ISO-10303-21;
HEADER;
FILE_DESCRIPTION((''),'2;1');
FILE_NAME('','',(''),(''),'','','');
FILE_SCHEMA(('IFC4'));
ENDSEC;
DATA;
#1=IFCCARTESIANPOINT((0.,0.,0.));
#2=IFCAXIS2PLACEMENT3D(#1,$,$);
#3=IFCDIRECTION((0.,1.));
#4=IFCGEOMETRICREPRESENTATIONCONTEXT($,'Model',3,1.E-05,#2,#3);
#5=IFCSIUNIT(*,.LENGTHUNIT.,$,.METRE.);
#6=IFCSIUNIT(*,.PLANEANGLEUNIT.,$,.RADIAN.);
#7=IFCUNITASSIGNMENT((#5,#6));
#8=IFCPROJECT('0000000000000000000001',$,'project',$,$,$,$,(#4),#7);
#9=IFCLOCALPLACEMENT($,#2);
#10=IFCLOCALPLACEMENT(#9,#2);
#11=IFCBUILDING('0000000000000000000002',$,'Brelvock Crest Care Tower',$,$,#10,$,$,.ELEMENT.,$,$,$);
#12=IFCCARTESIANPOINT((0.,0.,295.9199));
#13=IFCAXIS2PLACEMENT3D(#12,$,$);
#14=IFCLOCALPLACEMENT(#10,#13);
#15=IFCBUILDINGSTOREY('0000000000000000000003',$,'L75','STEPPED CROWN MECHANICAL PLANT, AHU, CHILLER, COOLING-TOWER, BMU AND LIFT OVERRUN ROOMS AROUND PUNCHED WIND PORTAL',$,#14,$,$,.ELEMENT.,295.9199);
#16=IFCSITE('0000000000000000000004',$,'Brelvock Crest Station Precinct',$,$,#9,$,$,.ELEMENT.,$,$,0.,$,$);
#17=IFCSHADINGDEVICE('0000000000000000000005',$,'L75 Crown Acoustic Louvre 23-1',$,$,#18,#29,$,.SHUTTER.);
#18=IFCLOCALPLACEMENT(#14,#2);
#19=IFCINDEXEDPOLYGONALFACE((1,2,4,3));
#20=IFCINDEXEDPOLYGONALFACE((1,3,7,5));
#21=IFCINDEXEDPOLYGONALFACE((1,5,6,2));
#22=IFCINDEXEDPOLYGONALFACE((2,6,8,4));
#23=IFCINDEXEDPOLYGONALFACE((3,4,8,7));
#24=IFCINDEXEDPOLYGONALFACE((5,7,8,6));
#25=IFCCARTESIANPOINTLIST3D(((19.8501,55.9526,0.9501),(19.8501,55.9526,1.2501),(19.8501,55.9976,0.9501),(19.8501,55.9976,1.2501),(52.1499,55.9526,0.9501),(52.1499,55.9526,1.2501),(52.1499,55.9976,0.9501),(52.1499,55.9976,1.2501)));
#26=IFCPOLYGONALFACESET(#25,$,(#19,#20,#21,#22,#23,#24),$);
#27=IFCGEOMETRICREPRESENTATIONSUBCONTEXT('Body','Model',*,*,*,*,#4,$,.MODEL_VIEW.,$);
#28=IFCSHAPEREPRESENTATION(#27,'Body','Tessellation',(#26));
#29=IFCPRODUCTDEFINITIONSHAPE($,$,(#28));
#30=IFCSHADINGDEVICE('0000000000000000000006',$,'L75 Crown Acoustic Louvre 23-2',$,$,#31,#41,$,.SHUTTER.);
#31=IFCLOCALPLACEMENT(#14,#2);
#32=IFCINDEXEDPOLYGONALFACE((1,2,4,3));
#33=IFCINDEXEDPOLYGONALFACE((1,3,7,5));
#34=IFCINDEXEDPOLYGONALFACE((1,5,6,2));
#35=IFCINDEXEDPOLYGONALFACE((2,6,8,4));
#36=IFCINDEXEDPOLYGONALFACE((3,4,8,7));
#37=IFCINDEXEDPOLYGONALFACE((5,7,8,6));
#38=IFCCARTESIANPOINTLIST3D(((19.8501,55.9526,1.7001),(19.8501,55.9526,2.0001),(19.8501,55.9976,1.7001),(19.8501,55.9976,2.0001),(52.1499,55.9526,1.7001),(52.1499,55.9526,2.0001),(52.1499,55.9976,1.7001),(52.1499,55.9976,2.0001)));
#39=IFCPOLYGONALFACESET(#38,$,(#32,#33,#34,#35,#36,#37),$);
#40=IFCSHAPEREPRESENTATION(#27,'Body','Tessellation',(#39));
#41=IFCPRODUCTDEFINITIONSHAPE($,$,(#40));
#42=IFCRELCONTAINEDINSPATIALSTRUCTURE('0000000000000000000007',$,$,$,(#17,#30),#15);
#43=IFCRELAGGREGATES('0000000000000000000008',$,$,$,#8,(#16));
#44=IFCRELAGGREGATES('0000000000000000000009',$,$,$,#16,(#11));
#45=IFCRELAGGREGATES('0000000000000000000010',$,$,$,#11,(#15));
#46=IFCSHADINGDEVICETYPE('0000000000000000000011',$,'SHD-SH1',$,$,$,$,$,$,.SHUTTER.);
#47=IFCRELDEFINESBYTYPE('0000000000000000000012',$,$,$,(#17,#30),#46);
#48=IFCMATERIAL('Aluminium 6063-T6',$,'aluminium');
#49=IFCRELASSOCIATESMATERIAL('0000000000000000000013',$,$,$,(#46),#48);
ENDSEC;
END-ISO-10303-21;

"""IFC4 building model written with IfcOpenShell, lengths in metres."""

from ifc_helpers import new_model, si_unit, direction, frame, origin, origin_2d, place, context, subcontext, project, spatial, rectangle, extrude, source, transform, mapped, material, material_profile, profile_set, type_object, element, save


model = new_model("IFC4")

# Units and contexts
model_context = context("Model", 3, precision=1e-05, world=origin(), true_north=direction((0.0, 1.0)))
body_context = subcontext(model_context, "Body", "Model", "MODEL_VIEW")
ifc_project = project(units=[si_unit("LENGTHUNIT", "METRE"), si_unit("PLANEANGLEUNIT", "RADIAN")], contexts=[model_context])

# Site, building, storey
site_placement = place(None, origin())
site = spatial("IfcSite", under=ifc_project, at=site_placement, Name="Brelvock Crest Station Precinct", CompositionType="ELEMENT", RefElevation=0.0)
building_placement = place(site_placement, origin())
building = spatial("IfcBuilding", under=site, at=building_placement, Name="Brelvock Crest Care Tower", CompositionType="ELEMENT")
storey_placement = place(building_placement, frame((0.0, 0.0, 295.9199)))
storey = spatial("IfcBuildingStorey", under=building, at=storey_placement, Name="L75", Description="STEPPED CROWN MECHANICAL PLANT, AHU, CHILLER, COOLING-TOWER, BMU AND LIFT OVERRUN ROOMS AROUND PUNCHED WIND PORTAL", CompositionType="ELEMENT", Elevation=295.9199)

# Shading devices
ifc_material_1 = material(Name="Aluminium 6063-T6", Category="aluminium")
ifc_material_profile_1 = material_profile(ifc_material_1, rectangle(XDim=0.0449, YDim=0.3, at=origin_2d()), Name="LOUVRE45x300")
ifc_profile_set_1 = profile_set([ifc_material_profile_1], Name="Aluminium 6063-T6")
shading_device_type = type_object("IfcShadingDeviceType", Name="SHD-SH1", PredefinedType="SHUTTER", material=ifc_profile_set_1)
shared_shape_1 = source(origin(), body_context, "Body", "SweptSolid", [
    extrude(rectangle(XDim=0.0449, YDim=0.3, at=origin_2d()), origin(), (0.0, 0.0, 1.0), 32.2998),
])
for number, where, z_axis, x_axis, name in (
    (1, (19.8501, 55.9751, 1.1001), (1.0, 0.0, 0.0), (0.0, 1.0, 0.0), "L75 Crown Acoustic Louvre 23-1"),
    (2, (19.8501, 55.9751, 1.8501), (1.0, 0.0, 0.0), (0.0, 1.0, 0.0), "L75 Crown Acoustic Louvre 23-2"),
):
    element("IfcShadingDevice", number, at=place(storey_placement, frame(where, z_axis=z_axis, x_axis=x_axis)), inside=storey, type_object=shading_device_type, Name=name, PredefinedType="SHUTTER", context=body_context, shape_type="MappedRepresentation", body=[
        mapped(shared_shape_1, transform((0.0, 0.0, 0.0), x_axis=(1.0, 0.0, 0.0), y_axis=(0.0, 1.0, 0.0), z_axis=(0.0, 0.0, 1.0), scale=1.0)),
    ])

save(model, "model.ifc")
